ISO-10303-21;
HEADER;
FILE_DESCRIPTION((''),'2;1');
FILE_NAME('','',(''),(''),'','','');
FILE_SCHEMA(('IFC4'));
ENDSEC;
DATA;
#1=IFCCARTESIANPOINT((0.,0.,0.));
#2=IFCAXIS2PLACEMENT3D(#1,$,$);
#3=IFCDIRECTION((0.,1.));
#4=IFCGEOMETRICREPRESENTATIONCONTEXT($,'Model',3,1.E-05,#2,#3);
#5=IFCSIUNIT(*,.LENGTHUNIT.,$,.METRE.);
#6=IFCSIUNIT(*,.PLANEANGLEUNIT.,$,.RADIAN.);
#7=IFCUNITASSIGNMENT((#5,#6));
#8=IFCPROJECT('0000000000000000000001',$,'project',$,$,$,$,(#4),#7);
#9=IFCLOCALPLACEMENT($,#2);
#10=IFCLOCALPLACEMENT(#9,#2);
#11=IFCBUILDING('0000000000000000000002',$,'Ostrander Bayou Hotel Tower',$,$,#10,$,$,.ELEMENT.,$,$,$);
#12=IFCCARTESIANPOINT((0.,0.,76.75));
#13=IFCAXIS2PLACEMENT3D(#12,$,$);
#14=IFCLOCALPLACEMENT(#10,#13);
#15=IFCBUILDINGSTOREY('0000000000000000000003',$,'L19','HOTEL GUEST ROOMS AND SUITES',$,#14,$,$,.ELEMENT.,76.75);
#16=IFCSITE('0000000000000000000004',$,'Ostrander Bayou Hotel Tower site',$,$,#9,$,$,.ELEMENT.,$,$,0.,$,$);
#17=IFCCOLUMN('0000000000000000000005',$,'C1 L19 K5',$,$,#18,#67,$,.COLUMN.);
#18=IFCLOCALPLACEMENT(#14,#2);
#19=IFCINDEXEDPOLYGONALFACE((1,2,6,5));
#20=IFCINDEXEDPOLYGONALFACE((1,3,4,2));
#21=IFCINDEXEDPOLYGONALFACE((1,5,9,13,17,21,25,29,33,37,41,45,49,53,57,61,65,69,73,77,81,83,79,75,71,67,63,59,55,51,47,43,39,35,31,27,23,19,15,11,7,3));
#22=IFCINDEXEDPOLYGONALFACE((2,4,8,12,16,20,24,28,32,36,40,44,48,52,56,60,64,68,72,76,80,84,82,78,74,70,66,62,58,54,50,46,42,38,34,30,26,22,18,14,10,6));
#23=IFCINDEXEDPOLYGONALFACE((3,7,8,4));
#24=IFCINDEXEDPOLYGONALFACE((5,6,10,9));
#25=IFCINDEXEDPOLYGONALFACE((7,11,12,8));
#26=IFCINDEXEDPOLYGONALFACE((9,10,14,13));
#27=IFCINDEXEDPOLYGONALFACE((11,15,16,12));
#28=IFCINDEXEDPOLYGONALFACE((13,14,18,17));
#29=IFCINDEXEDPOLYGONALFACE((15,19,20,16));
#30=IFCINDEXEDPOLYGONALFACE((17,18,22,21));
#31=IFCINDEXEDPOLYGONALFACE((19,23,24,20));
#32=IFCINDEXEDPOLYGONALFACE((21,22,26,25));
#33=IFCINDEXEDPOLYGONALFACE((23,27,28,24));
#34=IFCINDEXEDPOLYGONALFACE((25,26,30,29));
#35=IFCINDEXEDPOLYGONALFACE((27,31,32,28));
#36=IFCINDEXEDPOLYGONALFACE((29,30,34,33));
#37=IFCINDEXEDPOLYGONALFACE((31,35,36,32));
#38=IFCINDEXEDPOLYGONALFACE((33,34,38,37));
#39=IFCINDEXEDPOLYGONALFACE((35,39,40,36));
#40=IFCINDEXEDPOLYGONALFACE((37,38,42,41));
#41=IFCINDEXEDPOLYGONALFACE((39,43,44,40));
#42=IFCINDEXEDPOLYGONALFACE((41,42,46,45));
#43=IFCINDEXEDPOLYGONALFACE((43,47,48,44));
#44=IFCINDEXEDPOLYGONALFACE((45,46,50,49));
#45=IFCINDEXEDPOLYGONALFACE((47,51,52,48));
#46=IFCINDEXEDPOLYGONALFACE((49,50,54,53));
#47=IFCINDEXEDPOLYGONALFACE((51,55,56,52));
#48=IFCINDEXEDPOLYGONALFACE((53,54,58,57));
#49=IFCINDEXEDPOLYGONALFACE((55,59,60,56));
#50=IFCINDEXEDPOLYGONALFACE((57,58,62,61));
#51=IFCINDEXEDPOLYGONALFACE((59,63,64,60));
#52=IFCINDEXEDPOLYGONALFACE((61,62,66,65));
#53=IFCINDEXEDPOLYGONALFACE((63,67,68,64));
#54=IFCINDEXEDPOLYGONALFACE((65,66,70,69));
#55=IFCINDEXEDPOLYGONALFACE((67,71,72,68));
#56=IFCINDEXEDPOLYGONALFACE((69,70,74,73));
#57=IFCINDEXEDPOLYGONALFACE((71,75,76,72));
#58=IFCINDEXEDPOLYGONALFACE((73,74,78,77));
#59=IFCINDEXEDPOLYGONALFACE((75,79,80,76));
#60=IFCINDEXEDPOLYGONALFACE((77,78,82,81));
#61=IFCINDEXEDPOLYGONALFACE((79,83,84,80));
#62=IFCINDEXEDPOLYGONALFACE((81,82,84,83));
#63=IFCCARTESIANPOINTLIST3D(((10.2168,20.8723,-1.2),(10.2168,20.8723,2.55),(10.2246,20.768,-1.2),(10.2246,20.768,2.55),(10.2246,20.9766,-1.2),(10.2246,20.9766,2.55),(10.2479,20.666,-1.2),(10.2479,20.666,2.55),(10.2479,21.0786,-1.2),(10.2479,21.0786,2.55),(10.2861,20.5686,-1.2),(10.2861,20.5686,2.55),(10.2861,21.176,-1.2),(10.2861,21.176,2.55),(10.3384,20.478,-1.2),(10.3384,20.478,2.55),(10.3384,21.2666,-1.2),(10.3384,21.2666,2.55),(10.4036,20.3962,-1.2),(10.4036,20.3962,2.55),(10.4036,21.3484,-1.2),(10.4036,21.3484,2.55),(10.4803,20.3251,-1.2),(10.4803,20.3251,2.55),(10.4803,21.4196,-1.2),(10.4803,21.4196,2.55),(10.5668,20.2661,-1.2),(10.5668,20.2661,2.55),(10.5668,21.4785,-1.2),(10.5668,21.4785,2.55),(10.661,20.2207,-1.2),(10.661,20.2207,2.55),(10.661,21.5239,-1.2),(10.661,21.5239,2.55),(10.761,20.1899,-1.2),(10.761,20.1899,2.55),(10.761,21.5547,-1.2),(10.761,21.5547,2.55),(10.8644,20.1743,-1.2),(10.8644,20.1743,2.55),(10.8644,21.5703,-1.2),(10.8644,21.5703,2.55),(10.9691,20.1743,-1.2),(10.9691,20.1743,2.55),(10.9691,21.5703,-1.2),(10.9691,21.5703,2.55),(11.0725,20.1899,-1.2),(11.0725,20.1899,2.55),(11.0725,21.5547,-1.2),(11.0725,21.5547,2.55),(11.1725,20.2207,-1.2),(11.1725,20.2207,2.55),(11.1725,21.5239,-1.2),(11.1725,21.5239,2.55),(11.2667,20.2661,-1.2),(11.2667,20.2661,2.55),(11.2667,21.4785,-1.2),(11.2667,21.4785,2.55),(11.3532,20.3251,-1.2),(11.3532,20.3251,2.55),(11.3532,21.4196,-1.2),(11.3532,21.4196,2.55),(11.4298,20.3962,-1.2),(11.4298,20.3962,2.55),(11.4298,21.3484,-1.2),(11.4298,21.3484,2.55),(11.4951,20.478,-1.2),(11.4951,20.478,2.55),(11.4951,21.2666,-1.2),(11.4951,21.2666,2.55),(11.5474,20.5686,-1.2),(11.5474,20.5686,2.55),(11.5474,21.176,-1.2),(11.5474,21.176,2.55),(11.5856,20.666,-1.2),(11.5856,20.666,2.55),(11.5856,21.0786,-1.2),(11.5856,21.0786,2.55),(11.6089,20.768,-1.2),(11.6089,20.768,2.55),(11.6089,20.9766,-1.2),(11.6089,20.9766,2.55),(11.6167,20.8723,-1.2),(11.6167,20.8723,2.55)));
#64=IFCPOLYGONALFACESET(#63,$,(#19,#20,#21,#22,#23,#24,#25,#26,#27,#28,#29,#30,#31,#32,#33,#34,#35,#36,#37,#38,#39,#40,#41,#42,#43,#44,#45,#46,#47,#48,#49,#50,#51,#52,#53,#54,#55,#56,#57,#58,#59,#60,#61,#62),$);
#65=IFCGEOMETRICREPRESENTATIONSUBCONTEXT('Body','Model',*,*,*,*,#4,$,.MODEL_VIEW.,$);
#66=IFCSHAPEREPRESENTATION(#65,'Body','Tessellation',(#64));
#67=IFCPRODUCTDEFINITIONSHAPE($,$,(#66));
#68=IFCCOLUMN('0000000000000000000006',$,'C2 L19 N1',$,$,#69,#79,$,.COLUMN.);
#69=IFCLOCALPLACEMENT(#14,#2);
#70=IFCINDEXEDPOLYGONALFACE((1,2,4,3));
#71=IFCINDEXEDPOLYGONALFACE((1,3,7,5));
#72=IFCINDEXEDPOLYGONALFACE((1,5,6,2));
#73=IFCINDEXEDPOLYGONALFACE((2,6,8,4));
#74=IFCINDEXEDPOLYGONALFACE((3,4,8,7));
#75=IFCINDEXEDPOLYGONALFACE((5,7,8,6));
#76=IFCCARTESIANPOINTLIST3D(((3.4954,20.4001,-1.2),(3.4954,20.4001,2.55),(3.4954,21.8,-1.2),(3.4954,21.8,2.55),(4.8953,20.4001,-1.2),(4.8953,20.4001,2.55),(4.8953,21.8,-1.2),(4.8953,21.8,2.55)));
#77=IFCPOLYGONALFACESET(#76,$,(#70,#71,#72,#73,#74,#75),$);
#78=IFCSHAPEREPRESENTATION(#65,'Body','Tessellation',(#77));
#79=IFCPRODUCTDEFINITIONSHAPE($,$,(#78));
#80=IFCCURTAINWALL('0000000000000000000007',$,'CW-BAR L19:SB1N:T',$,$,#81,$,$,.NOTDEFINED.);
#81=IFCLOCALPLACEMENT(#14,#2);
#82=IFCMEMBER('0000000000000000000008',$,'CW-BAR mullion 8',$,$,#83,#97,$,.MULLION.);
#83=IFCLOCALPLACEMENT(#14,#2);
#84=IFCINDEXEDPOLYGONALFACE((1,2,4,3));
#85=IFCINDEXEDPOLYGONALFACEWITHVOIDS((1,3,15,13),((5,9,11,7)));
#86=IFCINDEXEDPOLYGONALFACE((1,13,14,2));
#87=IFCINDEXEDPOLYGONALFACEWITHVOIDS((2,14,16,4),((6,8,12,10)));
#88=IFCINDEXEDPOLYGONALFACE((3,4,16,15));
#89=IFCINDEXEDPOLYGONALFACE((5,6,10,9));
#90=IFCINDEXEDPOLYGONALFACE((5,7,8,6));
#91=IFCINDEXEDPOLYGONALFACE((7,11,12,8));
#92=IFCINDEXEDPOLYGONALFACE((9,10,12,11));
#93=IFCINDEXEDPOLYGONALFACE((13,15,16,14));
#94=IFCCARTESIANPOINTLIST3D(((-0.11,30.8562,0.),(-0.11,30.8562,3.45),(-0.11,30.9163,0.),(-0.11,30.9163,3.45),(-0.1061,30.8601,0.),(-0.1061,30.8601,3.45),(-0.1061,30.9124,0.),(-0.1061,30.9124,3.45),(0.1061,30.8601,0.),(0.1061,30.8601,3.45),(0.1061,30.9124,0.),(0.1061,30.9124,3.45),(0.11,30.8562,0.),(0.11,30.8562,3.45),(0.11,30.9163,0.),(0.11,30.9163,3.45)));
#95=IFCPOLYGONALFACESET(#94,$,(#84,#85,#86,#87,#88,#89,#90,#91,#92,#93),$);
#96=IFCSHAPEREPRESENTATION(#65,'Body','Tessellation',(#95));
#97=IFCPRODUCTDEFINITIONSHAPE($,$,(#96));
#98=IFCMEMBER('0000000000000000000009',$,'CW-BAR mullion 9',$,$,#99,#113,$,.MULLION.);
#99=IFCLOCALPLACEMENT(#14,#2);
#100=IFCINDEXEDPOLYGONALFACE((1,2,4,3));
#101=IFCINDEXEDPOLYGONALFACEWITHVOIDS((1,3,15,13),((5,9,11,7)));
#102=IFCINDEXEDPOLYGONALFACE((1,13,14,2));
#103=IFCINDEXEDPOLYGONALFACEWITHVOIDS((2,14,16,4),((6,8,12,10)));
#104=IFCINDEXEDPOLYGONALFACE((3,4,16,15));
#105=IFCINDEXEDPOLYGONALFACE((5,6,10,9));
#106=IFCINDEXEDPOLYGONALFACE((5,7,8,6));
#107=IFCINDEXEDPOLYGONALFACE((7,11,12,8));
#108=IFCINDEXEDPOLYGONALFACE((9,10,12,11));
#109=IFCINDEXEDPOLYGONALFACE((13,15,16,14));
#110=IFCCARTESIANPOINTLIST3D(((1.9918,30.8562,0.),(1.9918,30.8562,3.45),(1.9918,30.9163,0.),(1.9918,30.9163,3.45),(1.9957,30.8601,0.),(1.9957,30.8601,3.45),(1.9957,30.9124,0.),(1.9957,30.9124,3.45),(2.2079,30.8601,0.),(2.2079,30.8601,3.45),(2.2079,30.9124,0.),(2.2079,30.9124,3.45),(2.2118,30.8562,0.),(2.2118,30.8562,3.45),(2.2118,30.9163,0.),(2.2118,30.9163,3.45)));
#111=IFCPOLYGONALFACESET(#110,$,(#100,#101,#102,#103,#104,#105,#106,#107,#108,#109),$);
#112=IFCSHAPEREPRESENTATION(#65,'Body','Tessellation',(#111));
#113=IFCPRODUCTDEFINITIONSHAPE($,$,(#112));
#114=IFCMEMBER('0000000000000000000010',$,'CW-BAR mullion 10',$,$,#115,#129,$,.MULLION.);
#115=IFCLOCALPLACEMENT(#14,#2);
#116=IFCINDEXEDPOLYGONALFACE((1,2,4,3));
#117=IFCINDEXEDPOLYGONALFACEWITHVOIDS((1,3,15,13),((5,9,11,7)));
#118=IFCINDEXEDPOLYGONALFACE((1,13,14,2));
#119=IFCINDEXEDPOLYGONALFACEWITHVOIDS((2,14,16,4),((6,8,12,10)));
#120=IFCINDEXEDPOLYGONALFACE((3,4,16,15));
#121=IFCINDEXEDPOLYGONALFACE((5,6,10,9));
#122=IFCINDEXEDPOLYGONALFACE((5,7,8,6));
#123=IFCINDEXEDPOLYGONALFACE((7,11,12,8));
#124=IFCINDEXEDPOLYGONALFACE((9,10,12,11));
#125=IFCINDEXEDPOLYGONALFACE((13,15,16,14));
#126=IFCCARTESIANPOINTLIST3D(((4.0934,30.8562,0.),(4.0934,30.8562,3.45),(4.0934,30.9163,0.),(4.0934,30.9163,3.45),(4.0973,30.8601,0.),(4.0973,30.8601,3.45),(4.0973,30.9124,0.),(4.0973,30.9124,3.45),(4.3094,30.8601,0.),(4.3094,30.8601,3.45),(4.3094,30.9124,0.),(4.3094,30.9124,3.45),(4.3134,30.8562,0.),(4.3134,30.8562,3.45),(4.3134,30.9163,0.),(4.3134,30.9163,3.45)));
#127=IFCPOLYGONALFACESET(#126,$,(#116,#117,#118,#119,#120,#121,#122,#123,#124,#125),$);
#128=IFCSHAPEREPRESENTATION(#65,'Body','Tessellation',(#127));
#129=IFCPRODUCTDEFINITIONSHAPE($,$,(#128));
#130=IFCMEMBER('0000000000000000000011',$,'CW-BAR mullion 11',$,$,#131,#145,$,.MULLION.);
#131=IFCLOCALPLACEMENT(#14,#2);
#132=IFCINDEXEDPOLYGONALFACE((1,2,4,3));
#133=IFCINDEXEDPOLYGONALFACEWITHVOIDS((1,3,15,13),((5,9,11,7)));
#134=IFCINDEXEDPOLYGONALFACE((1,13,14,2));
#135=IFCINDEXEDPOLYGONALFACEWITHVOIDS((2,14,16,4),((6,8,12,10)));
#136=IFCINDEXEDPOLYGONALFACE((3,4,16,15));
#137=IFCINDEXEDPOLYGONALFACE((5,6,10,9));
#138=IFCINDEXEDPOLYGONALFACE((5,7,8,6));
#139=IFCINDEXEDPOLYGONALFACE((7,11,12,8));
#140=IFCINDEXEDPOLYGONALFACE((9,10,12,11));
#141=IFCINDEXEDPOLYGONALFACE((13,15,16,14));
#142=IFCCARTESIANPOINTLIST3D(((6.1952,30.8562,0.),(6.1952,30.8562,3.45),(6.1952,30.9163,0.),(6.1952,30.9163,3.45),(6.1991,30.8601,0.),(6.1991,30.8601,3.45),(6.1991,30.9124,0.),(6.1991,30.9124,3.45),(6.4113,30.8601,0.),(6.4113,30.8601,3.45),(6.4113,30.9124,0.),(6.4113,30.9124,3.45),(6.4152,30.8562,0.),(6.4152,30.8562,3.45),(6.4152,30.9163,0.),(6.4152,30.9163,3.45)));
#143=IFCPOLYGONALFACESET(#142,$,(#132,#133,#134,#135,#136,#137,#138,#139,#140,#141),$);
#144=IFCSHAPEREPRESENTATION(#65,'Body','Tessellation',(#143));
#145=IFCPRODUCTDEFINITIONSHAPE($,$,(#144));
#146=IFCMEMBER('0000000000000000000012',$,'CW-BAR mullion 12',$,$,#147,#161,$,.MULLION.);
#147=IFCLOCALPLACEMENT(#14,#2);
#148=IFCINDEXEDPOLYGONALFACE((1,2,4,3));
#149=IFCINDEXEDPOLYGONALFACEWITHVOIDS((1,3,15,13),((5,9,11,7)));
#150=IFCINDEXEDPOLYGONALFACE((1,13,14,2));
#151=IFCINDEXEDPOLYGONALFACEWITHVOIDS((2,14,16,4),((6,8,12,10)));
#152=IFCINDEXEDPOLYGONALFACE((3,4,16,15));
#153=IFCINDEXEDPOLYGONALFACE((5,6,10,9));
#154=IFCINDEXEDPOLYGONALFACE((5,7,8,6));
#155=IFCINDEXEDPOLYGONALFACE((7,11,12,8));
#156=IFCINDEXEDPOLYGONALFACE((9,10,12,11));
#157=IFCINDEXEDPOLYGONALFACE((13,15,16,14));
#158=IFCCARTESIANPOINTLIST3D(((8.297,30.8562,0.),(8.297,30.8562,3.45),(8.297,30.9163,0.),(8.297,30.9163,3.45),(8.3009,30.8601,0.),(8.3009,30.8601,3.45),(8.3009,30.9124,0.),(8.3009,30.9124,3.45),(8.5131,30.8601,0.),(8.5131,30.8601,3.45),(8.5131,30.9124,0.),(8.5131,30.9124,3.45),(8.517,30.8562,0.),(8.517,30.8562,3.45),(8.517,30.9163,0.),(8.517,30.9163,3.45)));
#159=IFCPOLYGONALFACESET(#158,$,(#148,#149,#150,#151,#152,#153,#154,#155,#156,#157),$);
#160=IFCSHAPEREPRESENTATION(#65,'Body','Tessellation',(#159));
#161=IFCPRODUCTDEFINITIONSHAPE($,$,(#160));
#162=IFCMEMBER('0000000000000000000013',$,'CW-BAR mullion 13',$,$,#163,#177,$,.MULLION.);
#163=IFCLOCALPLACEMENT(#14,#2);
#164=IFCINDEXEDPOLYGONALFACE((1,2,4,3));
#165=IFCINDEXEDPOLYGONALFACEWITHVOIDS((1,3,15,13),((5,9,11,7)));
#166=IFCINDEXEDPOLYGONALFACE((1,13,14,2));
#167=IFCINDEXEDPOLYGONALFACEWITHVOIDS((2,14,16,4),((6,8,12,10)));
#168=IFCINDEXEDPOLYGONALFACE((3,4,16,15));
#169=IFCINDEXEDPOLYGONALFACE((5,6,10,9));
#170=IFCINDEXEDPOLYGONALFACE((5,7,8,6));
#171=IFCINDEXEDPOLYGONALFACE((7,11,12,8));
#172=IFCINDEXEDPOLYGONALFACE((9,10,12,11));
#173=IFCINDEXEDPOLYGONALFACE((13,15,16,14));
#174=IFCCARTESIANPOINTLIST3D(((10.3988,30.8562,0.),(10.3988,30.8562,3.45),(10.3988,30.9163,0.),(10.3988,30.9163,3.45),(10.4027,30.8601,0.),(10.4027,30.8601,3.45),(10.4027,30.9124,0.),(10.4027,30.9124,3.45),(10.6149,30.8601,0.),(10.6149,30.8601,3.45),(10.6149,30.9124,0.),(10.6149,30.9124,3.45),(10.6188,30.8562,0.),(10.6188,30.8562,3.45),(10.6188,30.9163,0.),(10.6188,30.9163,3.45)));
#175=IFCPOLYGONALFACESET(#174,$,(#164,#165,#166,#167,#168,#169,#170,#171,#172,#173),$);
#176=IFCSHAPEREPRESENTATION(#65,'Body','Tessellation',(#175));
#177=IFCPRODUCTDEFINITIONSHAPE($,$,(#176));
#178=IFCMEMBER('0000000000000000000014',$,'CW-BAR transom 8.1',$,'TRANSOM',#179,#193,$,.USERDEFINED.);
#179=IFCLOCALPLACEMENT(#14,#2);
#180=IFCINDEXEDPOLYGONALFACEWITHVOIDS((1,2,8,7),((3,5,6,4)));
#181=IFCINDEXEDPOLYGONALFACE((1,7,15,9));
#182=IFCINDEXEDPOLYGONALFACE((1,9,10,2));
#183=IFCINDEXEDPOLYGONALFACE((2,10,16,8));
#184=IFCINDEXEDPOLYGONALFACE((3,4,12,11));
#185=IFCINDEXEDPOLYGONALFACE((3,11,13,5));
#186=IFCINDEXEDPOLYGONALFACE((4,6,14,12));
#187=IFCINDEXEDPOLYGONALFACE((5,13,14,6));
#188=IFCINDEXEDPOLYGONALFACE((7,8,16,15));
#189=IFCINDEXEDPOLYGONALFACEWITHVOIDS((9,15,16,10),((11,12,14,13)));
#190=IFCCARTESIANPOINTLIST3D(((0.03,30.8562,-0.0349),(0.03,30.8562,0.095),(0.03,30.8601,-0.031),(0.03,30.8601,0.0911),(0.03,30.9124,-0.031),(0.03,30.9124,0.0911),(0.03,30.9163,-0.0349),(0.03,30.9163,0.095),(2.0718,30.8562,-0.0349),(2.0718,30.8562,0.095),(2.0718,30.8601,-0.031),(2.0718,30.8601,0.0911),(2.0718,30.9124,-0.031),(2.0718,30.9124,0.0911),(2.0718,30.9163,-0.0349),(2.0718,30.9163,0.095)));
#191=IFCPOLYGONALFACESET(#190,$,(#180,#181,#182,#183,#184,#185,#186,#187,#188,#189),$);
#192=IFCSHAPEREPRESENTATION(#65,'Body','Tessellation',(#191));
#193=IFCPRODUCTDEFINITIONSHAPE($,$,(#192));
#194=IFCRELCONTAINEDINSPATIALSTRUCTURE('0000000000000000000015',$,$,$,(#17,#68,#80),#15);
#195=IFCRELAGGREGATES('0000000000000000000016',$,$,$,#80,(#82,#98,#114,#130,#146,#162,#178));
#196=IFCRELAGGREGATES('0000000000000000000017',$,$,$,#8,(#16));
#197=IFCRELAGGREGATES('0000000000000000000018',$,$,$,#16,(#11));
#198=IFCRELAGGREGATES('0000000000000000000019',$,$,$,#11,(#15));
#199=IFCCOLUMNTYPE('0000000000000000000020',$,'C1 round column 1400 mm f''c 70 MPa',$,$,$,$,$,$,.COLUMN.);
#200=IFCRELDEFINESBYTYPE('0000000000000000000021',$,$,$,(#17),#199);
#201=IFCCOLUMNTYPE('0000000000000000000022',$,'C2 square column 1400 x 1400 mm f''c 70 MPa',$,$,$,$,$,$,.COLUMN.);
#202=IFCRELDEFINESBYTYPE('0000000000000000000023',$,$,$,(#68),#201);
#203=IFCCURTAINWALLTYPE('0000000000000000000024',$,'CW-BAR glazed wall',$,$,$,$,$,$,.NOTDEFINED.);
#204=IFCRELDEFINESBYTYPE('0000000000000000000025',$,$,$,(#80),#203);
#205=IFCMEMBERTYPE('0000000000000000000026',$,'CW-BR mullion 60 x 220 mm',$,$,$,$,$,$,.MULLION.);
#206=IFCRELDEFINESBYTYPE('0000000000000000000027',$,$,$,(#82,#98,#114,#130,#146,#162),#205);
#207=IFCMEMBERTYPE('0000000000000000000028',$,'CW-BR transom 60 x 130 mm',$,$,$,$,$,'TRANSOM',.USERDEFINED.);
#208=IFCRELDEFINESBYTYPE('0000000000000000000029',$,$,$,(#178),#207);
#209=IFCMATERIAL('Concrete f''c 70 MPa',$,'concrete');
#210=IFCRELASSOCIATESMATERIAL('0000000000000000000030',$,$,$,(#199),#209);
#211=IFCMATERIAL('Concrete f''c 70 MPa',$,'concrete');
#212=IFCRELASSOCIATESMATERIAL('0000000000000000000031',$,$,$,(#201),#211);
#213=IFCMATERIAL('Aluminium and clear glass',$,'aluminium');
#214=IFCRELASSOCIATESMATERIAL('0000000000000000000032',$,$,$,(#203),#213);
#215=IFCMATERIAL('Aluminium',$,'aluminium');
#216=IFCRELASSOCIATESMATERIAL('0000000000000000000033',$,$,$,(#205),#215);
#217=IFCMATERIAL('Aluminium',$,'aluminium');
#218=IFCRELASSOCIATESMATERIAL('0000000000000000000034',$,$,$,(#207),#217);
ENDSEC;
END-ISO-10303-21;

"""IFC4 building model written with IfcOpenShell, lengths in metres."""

from ifc_helpers import new_model, si_unit, direction, frame, origin, origin_2d, place, context, subcontext, project, spatial, rectangle, hollow_rectangle, circle, extrude, material, material_profile, profile_set, type_object, element, aggregate, save


model = new_model("IFC4")

# Units and contexts
model_context = context("Model", 3, precision=1e-05, world=origin(), true_north=direction((0.0, 1.0)))
body_context = subcontext(model_context, "Body", "Model", "MODEL_VIEW")
ifc_project = project(units=[si_unit("LENGTHUNIT", "METRE"), si_unit("PLANEANGLEUNIT", "RADIAN")], contexts=[model_context])

# Site, building, storey
site_placement = place(None, origin())
site = spatial("IfcSite", under=ifc_project, at=site_placement, Name="Ostrander Bayou Hotel Tower site", CompositionType="ELEMENT", RefElevation=0.0)
building_placement = place(site_placement, origin())
building = spatial("IfcBuilding", under=site, at=building_placement, Name="Ostrander Bayou Hotel Tower", CompositionType="ELEMENT")
storey_placement = place(building_placement, frame((0.0, 0.0, 76.75)))
storey = spatial("IfcBuildingStorey", under=building, at=storey_placement, Name="L19", Description="HOTEL GUEST ROOMS AND SUITES", CompositionType="ELEMENT", Elevation=76.75)

# Columns
ifc_material_1 = material(Name="Concrete f'c 70 MPa", Category="concrete")
ifc_material_profile_1 = material_profile(ifc_material_1, circle(Radius=0.7, at=origin_2d()))
ifc_profile_set_1 = profile_set([ifc_material_profile_1], Name="Concrete f'c 70 MPa")
column_type_1 = type_object("IfcColumnType", Name="C1 round column 1400 mm f'c 70 MPa", PredefinedType="COLUMN", material=ifc_profile_set_1)
column_1_placement = place(storey_placement, frame((10.9167, 20.8723, -1.2), z_axis=(0.0, 0.0, 1.0), x_axis=(1.0, 0.0, 0.0)))
element("IfcColumn", 1, at=column_1_placement, inside=storey, type_object=column_type_1, Name="C1 L19 K5", PredefinedType="COLUMN", context=body_context, shape_type="SweptSolid", body=[
    extrude(circle(Radius=0.7, at=origin_2d()), origin(), (0.0, 0.0, 1.0), 3.75),
])
ifc_material_2 = material(Name="Concrete f'c 70 MPa", Category="concrete")
ifc_material_profile_2 = material_profile(ifc_material_2, rectangle(XDim=1.3999, YDim=1.3999, at=origin_2d()))
ifc_profile_set_2 = profile_set([ifc_material_profile_2], Name="Concrete f'c 70 MPa")
column_type_2 = type_object("IfcColumnType", Name="C2 square column 1400 x 1400 mm f'c 70 MPa", PredefinedType="COLUMN", material=ifc_profile_set_2)
column_2_placement = place(storey_placement, frame((4.1953, 21.1001, -1.2), z_axis=(0.0, 0.0, 1.0), x_axis=(1.0, 0.0, 0.0)))
element("IfcColumn", 2, at=column_2_placement, inside=storey, type_object=column_type_2, Name="C2 L19 N1", PredefinedType="COLUMN", context=body_context, shape_type="SweptSolid", body=[
    extrude(rectangle(XDim=1.3999, YDim=1.3999, at=origin_2d()), origin(), (0.0, 0.0, 1.0), 3.75),
])

# Curtain wall, members
ifc_material_3 = material(Name="Aluminium and clear glass", Category="aluminium")
curtain_wall_type = type_object("IfcCurtainWallType", Name="CW-BAR glazed wall", PredefinedType="NOTDEFINED", material=ifc_material_3)
curtain_wall_placement = place(storey_placement, origin())
curtain_wall = element("IfcCurtainWall", 3, at=curtain_wall_placement, inside=storey, type_object=curtain_wall_type, Name="CW-BAR L19:SB1N:T", PredefinedType="NOTDEFINED")
ifc_material_4 = material(Name="Aluminium", Category="aluminium")
ifc_material_profile_3 = material_profile(ifc_material_4, hollow_rectangle(XDim=0.0601, YDim=0.22, WallThickness=0.0039, at=origin_2d()))
ifc_profile_set_3 = profile_set([ifc_material_profile_3], Name="Aluminium")
member_type_1 = type_object("IfcMemberType", Name="CW-BR mullion 60 x 220 mm", PredefinedType="MULLION", material=ifc_profile_set_3)
member_1_placement = place(storey_placement, frame((0.0, 30.8862, 0.0), z_axis=(0.0, 0.0, 1.0), x_axis=(0.0, 1.0, 0.0)))
member_1 = element("IfcMember", 4, at=member_1_placement, type_object=member_type_1, Name="CW-BAR mullion 8", PredefinedType="MULLION", context=body_context, shape_type="SweptSolid", body=[
    extrude(hollow_rectangle(XDim=0.0601, YDim=0.22, WallThickness=0.0039, at=origin_2d()), origin(), (0.0, 0.0, 1.0), 3.45),
])
member_2_placement = place(storey_placement, frame((2.1018, 30.8862, 0.0), z_axis=(0.0, 0.0, 1.0), x_axis=(0.0, 1.0, 0.0)))
member_2 = element("IfcMember", 5, at=member_2_placement, type_object=member_type_1, Name="CW-BAR mullion 9", PredefinedType="MULLION", context=body_context, shape_type="SweptSolid", body=[
    extrude(hollow_rectangle(XDim=0.0601, YDim=0.22, WallThickness=0.0039, at=origin_2d()), origin(), (0.0, 0.0, 1.0), 3.45),
])
member_3_placement = place(storey_placement, frame((4.2034, 30.8862, 0.0), z_axis=(0.0, 0.0, 1.0), x_axis=(0.0, 1.0, 0.0)))
member_3 = element("IfcMember", 6, at=member_3_placement, type_object=member_type_1, Name="CW-BAR mullion 10", PredefinedType="MULLION", context=body_context, shape_type="SweptSolid", body=[
    extrude(hollow_rectangle(XDim=0.0601, YDim=0.22, WallThickness=0.0039, at=origin_2d()), origin(), (0.0, 0.0, 1.0), 3.45),
])
member_4_placement = place(storey_placement, frame((6.3052, 30.8862, 0.0), z_axis=(0.0, 0.0, 1.0), x_axis=(0.0, 1.0, 0.0)))
member_4 = element("IfcMember", 7, at=member_4_placement, type_object=member_type_1, Name="CW-BAR mullion 11", PredefinedType="MULLION", context=body_context, shape_type="SweptSolid", body=[
    extrude(hollow_rectangle(XDim=0.0601, YDim=0.22, WallThickness=0.0039, at=origin_2d()), origin(), (0.0, 0.0, 1.0), 3.45),
])
member_5_placement = place(storey_placement, frame((8.407, 30.8862, 0.0), z_axis=(0.0, 0.0, 1.0), x_axis=(0.0, 1.0, 0.0)))
member_5 = element("IfcMember", 8, at=member_5_placement, type_object=member_type_1, Name="CW-BAR mullion 12", PredefinedType="MULLION", context=body_context, shape_type="SweptSolid", body=[
    extrude(hollow_rectangle(XDim=0.0601, YDim=0.22, WallThickness=0.0039, at=origin_2d()), origin(), (0.0, 0.0, 1.0), 3.45),
])
member_6_placement = place(storey_placement, frame((10.5088, 30.8862, 0.0), z_axis=(0.0, 0.0, 1.0), x_axis=(0.0, 1.0, 0.0)))
member_6 = element("IfcMember", 9, at=member_6_placement, type_object=member_type_1, Name="CW-BAR mullion 13", PredefinedType="MULLION", context=body_context, shape_type="SweptSolid", body=[
    extrude(hollow_rectangle(XDim=0.0601, YDim=0.22, WallThickness=0.0039, at=origin_2d()), origin(), (0.0, 0.0, 1.0), 3.45),
])
ifc_material_5 = material(Name="Aluminium", Category="aluminium")
ifc_material_profile_4 = material_profile(ifc_material_5, hollow_rectangle(XDim=0.0601, YDim=0.1299, WallThickness=0.0039, at=origin_2d()))
ifc_profile_set_4 = profile_set([ifc_material_profile_4], Name="Aluminium")
member_type_2 = type_object("IfcMemberType", Name="CW-BR transom 60 x 130 mm", ElementType="TRANSOM", PredefinedType="USERDEFINED", material=ifc_profile_set_4)
member_7_placement = place(storey_placement, frame((0.03, 30.8862, 0.03), z_axis=(1.0, 0.0, 0.0), x_axis=(0.0, 1.0, 0.0)))
member_7 = element("IfcMember", 10, at=member_7_placement, type_object=member_type_2, Name="CW-BAR transom 8.1", ObjectType="TRANSOM", PredefinedType="USERDEFINED", context=body_context, shape_type="SweptSolid", body=[
    extrude(hollow_rectangle(XDim=0.0601, YDim=0.1299, WallThickness=0.0039, at=origin_2d()), origin(), (0.0, 0.0, 1.0), 2.0417),
])
aggregate(curtain_wall, [member_1, member_2, member_3, member_4, member_5, member_6, member_7])

save(model, "model.ifc")
